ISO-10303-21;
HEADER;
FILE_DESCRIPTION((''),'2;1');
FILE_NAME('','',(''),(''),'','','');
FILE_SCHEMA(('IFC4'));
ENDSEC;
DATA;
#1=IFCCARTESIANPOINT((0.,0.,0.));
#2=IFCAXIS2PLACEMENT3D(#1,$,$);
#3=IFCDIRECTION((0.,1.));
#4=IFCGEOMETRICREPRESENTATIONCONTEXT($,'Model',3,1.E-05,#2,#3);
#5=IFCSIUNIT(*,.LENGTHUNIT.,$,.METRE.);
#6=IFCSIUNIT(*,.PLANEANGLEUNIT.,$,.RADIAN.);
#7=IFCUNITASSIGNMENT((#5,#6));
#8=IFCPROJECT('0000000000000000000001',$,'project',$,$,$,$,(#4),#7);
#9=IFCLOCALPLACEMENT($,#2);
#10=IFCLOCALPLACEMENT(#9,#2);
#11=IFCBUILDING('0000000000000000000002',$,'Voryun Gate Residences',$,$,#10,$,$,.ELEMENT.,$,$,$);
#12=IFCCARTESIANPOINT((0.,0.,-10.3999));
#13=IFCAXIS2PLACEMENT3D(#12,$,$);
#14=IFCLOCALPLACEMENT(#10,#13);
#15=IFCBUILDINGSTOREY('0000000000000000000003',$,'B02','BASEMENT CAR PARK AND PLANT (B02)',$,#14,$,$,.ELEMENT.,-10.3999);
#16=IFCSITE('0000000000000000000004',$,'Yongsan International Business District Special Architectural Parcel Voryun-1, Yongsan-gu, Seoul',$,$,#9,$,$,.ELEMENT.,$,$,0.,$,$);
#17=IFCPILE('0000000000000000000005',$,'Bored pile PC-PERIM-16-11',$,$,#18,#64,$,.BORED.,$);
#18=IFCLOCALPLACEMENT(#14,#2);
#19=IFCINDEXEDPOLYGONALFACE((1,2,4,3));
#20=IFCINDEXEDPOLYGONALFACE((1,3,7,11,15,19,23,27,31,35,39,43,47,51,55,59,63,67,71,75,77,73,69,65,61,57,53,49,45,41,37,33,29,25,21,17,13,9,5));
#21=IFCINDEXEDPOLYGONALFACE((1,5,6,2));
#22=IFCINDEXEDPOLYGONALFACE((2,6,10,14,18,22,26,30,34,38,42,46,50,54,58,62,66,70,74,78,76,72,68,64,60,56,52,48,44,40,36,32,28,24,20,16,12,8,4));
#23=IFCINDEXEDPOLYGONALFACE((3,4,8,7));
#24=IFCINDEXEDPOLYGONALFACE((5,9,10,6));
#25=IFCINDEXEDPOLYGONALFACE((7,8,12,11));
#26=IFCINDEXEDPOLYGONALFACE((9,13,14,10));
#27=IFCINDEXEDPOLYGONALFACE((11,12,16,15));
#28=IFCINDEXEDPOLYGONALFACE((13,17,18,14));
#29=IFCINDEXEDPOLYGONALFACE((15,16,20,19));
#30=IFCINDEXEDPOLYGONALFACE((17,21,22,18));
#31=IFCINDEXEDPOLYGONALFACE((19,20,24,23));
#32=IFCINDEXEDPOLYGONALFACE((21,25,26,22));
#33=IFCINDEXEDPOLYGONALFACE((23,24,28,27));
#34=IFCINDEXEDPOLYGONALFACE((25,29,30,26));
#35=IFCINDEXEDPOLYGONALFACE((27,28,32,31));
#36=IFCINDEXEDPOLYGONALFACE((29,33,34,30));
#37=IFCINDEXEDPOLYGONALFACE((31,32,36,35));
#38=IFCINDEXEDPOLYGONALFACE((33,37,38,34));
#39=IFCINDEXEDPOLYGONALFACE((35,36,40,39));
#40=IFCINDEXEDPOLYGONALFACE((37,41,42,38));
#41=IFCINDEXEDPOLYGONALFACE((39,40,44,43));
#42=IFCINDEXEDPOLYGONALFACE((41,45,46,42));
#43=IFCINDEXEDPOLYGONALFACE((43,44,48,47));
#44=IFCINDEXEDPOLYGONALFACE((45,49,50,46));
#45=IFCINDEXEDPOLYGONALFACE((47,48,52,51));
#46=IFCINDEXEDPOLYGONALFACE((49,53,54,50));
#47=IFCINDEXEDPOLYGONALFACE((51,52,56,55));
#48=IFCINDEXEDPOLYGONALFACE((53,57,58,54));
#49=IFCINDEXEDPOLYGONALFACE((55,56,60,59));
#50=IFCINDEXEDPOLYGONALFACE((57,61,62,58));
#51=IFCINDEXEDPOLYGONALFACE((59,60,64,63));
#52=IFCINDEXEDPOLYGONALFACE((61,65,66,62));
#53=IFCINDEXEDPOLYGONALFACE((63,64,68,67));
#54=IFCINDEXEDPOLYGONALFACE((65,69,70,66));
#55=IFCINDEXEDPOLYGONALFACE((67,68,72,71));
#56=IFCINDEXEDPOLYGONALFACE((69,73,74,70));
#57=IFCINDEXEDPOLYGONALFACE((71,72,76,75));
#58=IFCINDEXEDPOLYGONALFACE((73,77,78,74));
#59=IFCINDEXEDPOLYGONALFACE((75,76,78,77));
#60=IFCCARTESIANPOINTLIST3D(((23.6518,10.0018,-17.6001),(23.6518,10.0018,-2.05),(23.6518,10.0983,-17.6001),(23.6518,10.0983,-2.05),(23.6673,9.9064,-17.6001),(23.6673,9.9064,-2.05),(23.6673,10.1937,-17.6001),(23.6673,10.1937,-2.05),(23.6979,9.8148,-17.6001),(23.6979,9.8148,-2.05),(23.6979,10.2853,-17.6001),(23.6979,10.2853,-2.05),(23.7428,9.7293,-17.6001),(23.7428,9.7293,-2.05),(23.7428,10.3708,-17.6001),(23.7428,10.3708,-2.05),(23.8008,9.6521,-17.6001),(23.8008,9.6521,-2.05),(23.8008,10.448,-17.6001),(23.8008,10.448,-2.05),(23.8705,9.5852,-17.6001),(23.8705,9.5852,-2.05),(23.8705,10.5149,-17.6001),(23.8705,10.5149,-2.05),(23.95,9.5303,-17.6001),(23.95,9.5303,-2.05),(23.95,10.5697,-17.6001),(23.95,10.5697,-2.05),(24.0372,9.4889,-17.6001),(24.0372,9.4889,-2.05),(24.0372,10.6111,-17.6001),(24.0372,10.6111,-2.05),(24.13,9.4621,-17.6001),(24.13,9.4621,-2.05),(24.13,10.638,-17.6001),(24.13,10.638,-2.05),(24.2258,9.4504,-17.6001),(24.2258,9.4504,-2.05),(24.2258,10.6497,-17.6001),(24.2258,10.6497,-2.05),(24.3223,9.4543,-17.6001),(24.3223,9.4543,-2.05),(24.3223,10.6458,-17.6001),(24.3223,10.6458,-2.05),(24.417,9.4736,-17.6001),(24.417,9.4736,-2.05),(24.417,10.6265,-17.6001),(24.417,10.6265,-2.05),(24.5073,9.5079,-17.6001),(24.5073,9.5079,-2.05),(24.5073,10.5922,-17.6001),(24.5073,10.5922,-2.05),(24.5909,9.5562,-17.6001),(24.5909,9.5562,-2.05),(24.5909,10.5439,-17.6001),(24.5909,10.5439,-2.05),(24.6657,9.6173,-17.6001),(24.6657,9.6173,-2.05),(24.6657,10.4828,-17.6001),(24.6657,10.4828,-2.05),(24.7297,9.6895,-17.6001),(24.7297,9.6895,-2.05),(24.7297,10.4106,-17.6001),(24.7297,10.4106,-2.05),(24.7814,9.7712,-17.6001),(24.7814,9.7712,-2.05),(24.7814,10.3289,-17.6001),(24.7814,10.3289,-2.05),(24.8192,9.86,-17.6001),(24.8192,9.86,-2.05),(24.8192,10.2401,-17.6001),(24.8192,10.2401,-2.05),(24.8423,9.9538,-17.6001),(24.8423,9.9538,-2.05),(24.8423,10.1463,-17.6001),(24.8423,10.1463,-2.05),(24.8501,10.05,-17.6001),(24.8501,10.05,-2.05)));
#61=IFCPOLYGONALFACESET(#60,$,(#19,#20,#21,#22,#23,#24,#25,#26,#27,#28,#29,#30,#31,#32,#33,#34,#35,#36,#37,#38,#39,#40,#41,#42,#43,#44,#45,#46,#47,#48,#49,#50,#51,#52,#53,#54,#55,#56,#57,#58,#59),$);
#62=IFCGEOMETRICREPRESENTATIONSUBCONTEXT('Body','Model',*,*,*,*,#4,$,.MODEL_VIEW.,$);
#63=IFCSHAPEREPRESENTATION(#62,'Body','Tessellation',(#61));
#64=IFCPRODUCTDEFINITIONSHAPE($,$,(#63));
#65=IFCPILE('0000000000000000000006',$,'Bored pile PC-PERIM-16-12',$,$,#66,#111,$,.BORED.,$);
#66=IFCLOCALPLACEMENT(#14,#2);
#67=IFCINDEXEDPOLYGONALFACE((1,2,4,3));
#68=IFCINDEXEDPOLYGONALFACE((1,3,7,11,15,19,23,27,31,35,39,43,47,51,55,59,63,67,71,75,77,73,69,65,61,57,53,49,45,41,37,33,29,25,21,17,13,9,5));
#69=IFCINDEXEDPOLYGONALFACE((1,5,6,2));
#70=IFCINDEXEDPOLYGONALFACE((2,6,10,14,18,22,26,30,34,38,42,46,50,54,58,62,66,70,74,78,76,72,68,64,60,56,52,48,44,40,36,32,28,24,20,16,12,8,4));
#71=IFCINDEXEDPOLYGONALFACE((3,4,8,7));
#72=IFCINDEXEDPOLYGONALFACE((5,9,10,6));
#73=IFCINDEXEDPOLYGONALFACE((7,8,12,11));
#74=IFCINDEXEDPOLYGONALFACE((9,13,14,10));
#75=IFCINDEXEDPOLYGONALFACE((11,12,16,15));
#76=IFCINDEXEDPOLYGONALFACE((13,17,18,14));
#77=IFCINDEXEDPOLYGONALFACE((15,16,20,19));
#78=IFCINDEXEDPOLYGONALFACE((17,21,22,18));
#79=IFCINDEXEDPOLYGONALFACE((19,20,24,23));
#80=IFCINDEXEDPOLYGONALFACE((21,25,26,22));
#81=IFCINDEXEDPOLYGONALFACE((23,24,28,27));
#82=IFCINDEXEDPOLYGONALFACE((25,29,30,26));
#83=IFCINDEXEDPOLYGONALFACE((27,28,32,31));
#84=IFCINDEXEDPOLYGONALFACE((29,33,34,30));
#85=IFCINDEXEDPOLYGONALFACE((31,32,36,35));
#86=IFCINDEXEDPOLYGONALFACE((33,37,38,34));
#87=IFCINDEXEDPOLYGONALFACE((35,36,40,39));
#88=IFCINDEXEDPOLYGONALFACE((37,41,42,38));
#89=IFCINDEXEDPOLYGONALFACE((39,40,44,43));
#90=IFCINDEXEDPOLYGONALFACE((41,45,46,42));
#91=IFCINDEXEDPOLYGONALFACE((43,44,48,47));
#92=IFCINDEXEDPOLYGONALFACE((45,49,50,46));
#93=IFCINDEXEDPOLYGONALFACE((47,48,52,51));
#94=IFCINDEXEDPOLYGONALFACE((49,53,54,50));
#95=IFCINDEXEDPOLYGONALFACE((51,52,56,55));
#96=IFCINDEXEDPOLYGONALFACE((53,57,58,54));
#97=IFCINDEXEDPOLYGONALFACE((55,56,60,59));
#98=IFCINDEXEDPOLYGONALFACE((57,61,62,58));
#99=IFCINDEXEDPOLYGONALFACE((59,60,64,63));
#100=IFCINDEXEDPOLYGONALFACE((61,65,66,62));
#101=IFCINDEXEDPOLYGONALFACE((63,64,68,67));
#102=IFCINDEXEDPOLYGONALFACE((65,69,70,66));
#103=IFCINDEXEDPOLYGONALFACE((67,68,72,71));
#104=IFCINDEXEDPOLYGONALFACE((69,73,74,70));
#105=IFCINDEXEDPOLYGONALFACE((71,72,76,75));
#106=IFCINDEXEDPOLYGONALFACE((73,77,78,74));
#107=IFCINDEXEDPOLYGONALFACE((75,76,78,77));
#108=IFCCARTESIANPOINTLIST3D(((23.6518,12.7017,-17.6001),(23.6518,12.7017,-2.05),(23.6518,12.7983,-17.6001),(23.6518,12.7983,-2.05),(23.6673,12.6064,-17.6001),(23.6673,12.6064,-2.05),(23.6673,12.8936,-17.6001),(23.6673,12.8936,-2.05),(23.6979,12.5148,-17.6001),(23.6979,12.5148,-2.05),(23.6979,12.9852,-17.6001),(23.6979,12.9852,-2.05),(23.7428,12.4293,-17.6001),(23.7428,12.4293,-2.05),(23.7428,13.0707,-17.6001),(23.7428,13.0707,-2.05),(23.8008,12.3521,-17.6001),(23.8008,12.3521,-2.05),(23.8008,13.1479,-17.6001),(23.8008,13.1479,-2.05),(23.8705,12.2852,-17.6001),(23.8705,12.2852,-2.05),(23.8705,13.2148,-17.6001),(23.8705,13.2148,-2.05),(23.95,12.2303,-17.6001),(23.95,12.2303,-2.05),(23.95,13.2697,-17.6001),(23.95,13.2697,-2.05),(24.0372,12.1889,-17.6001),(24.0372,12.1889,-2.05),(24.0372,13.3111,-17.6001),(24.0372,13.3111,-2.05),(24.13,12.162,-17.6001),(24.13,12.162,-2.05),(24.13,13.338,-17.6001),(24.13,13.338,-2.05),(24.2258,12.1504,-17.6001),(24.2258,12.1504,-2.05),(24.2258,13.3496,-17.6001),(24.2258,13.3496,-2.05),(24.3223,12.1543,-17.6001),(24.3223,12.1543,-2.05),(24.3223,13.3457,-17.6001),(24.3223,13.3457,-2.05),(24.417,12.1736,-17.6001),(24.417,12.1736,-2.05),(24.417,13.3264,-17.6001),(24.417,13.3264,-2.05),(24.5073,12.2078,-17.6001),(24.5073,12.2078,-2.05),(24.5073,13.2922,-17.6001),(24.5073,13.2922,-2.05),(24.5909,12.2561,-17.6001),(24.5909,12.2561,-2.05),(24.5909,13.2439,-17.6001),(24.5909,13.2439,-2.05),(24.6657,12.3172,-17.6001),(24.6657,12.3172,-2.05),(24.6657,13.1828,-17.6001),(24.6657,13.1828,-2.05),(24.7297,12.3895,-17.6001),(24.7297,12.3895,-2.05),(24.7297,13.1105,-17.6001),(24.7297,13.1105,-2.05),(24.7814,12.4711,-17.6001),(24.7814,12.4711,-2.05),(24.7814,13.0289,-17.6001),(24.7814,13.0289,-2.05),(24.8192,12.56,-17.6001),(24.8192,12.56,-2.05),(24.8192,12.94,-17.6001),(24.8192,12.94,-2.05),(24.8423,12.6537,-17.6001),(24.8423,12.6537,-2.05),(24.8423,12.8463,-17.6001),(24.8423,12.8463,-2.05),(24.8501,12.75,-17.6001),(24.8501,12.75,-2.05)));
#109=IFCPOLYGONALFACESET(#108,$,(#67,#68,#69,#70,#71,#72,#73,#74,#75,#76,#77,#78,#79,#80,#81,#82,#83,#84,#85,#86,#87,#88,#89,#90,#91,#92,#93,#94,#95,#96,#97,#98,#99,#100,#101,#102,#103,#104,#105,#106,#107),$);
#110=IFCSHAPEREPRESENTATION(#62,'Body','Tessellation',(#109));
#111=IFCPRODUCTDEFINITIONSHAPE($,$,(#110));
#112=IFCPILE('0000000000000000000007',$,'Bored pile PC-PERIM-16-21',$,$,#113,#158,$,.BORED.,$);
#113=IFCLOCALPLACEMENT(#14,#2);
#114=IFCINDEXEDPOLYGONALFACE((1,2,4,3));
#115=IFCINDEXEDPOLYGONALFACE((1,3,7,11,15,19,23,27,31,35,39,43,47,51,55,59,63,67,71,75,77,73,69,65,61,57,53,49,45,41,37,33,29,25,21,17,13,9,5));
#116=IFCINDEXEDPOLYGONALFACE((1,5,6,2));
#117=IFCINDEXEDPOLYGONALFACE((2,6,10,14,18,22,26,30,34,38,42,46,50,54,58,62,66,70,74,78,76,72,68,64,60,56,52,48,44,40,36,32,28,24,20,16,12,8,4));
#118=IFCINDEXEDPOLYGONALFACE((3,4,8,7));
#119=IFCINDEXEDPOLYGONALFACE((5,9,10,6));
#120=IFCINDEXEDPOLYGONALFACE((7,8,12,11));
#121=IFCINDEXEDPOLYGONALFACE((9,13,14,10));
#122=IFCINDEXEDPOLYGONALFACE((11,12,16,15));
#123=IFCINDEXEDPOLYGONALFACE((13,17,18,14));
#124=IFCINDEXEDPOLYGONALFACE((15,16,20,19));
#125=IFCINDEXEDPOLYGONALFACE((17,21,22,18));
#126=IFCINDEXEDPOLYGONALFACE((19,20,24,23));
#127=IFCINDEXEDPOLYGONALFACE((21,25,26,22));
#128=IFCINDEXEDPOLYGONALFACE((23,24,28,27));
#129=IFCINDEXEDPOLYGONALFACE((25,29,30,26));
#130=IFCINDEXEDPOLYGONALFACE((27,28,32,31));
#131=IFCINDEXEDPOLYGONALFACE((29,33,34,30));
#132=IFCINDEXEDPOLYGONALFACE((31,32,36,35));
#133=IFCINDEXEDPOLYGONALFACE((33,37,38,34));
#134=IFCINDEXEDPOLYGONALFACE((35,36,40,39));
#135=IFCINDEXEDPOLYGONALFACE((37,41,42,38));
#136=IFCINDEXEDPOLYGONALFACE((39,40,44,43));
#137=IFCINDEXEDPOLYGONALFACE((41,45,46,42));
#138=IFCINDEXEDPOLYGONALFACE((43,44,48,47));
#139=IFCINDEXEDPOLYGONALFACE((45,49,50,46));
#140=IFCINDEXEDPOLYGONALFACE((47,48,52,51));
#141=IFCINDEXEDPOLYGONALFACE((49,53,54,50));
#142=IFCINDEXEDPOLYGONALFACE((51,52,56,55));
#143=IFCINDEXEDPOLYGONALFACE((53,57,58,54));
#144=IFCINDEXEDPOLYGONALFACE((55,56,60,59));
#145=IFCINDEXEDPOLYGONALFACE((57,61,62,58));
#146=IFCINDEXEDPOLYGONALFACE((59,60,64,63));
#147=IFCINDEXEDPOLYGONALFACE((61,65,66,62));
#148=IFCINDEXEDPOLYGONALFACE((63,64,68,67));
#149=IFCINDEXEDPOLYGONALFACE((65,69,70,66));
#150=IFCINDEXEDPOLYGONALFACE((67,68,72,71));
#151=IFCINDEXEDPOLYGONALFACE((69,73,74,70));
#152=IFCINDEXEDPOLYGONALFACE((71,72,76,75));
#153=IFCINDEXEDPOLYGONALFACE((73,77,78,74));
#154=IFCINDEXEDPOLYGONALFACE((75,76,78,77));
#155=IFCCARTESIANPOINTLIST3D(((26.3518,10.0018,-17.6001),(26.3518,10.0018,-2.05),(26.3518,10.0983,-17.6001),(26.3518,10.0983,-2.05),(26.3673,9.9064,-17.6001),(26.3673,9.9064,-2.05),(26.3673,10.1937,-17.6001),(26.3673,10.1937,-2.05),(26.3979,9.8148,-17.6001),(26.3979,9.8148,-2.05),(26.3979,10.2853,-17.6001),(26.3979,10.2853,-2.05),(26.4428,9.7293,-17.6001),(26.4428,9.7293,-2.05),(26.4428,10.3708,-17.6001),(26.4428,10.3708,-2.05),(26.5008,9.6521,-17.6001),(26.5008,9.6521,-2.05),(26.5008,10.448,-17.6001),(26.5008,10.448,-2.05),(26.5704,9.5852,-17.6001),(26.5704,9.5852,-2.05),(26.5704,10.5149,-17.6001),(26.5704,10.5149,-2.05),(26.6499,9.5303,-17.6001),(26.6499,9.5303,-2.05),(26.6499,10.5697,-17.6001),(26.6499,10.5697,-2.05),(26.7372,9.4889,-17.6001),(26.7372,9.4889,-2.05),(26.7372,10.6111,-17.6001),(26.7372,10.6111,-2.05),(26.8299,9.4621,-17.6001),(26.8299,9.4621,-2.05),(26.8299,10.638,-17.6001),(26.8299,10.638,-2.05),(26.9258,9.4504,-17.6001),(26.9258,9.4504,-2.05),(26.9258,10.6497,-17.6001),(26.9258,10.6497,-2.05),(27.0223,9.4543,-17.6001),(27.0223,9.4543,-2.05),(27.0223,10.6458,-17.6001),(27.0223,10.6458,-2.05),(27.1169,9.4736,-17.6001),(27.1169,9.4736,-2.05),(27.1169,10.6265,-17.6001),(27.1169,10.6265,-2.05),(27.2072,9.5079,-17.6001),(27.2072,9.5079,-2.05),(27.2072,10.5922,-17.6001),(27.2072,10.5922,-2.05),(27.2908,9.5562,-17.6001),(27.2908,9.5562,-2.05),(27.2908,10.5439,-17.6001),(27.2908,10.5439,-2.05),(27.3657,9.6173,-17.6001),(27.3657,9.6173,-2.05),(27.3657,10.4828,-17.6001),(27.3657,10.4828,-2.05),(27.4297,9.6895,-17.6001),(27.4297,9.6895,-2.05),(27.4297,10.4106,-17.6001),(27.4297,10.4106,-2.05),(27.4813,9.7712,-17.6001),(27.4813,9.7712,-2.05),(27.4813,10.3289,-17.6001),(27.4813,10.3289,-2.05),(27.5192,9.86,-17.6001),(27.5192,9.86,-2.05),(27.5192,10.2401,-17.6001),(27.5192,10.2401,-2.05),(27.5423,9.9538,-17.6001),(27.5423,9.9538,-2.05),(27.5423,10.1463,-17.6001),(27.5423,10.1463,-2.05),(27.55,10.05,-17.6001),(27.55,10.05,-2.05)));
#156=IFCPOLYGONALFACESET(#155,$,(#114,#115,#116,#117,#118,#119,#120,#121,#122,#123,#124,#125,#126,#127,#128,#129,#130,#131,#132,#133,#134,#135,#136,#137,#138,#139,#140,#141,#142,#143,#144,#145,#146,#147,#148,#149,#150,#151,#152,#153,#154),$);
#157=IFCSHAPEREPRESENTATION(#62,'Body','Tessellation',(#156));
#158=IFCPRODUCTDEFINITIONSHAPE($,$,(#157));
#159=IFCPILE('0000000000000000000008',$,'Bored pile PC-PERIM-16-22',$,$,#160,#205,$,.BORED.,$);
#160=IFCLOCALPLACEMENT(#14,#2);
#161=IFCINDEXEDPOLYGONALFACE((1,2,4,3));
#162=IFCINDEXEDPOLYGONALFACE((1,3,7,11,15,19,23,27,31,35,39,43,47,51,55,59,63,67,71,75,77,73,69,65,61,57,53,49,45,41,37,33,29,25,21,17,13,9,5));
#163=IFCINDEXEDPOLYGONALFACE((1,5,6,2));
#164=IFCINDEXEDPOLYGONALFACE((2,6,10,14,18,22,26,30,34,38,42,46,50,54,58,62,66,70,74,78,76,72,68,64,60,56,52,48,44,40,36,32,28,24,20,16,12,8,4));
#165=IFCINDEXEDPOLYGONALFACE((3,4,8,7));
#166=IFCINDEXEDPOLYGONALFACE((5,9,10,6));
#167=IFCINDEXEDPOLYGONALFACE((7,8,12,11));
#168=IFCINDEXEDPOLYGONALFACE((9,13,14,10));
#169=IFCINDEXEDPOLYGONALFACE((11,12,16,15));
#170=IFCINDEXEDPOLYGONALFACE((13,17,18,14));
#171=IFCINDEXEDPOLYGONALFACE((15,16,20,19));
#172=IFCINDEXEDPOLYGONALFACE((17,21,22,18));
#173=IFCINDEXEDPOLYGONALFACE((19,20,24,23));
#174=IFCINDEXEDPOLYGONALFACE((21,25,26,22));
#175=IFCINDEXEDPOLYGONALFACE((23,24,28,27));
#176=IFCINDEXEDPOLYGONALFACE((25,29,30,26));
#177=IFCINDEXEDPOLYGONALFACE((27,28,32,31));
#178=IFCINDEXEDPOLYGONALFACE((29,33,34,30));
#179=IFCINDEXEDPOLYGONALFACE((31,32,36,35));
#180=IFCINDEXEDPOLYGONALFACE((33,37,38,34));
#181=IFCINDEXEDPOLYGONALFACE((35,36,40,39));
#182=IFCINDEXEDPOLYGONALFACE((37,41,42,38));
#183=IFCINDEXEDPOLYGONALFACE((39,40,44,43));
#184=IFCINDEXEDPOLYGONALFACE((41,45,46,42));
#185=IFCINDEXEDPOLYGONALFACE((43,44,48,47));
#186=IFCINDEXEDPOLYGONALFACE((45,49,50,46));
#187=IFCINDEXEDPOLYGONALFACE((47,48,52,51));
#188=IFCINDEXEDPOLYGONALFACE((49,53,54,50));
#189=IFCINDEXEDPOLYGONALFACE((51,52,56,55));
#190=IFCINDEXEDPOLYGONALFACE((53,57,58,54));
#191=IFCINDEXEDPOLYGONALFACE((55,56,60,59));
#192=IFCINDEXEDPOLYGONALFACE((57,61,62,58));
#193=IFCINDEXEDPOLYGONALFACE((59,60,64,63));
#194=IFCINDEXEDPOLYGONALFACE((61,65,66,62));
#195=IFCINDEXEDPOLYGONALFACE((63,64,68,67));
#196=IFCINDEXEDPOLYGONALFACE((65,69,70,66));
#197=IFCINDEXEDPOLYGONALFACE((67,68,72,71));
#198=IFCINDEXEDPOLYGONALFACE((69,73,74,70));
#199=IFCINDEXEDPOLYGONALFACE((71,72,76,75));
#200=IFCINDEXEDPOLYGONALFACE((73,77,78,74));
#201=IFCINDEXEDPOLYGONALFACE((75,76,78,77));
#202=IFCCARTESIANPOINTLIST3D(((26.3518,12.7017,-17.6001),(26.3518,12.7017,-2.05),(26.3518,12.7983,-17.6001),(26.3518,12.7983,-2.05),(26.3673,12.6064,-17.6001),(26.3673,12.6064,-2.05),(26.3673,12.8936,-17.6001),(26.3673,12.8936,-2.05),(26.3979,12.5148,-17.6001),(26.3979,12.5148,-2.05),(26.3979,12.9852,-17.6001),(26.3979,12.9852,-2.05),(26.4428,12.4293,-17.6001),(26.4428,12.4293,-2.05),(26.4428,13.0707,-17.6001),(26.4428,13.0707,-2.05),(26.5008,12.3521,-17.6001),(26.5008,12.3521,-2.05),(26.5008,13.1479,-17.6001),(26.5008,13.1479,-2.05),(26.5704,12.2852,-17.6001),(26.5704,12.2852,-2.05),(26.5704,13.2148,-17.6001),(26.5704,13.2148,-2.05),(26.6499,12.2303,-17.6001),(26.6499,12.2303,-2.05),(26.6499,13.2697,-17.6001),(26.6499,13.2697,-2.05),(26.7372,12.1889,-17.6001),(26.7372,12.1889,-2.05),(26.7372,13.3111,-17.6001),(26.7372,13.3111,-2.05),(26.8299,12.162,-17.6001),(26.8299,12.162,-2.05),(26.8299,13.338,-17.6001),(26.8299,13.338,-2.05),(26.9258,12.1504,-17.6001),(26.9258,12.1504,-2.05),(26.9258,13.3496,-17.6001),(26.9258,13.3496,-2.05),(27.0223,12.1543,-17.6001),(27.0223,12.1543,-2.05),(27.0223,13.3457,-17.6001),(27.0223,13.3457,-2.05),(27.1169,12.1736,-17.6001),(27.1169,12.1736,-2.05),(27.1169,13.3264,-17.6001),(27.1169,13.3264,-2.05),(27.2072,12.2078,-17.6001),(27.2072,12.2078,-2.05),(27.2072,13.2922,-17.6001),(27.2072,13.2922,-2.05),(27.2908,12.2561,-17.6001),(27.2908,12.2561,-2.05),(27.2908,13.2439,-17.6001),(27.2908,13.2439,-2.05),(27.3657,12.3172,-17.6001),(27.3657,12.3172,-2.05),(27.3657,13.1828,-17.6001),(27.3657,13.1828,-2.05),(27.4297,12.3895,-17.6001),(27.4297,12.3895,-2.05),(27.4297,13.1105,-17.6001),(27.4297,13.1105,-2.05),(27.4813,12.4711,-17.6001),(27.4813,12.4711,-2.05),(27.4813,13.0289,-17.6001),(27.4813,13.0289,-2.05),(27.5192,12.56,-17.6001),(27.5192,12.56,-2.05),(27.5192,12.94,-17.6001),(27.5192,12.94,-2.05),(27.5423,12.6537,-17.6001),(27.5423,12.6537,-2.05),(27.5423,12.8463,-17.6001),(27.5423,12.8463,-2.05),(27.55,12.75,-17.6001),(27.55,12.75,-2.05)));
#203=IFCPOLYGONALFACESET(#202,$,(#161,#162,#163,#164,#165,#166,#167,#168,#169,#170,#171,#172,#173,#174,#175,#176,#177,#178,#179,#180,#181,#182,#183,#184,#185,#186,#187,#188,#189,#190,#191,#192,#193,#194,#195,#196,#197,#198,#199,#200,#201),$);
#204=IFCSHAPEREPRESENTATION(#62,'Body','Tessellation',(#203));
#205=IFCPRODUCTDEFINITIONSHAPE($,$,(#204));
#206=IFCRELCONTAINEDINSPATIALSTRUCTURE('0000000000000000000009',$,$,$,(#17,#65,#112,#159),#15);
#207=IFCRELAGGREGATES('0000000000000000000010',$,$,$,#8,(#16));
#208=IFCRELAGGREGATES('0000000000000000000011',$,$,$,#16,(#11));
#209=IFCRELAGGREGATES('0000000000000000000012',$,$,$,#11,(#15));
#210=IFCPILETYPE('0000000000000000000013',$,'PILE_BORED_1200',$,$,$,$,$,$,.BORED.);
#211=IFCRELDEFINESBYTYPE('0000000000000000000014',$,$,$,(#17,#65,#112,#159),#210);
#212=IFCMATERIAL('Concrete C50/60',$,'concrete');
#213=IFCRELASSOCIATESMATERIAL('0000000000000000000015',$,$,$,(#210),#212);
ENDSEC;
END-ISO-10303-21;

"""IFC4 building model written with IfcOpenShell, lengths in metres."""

from ifc_helpers import new_model, si_unit, direction, frame, origin, origin_2d, place, context, subcontext, project, spatial, circle, extrude, material, material_profile, profile_set, type_object, element, save


model = new_model("IFC4")

# Units and contexts
model_context = context("Model", 3, precision=1e-05, world=origin(), true_north=direction((0.0, 1.0)))
body_context = subcontext(model_context, "Body", "Model", "MODEL_VIEW")
ifc_project = project(units=[si_unit("LENGTHUNIT", "METRE"), si_unit("PLANEANGLEUNIT", "RADIAN")], contexts=[model_context])

# Site, building, storey
site_placement = place(None, origin())
site = spatial("IfcSite", under=ifc_project, at=site_placement, Name="Yongsan International Business District Special Architectural Parcel Voryun-1, Yongsan-gu, Seoul", CompositionType="ELEMENT", RefElevation=0.0)
building_placement = place(site_placement, origin())
building = spatial("IfcBuilding", under=site, at=building_placement, Name="Voryun Gate Residences", CompositionType="ELEMENT")
storey_placement = place(building_placement, frame((0.0, 0.0, -10.3999)))
storey = spatial("IfcBuildingStorey", under=building, at=storey_placement, Name="B02", Description="BASEMENT CAR PARK AND PLANT (B02)", CompositionType="ELEMENT", Elevation=-10.3999)

# Piles
ifc_material_1 = material(Name="Concrete C50/60", Category="concrete")
ifc_material_profile_1 = material_profile(ifc_material_1, circle(Radius=0.6001, at=origin_2d()), Name="PILE-D1200")
ifc_profile_set_1 = profile_set([ifc_material_profile_1], Name="Concrete C50/60")
pile_type_1 = type_object("IfcPileType", Name="PILE_BORED_1200", PredefinedType="BORED", material=ifc_profile_set_1)
for number, where, z_axis, x_axis, name in (
    (1, (24.25, 10.05, -2.05), (0.0, 0.0, -1.0), (1.0, 0.0, 0.0), "Bored pile PC-PERIM-16-11"),
    (2, (24.25, 12.75, -2.05), (0.0, 0.0, -1.0), (1.0, 0.0, 0.0), "Bored pile PC-PERIM-16-12"),
    (3, (26.95, 10.05, -2.05), (0.0, 0.0, -1.0), (1.0, 0.0, 0.0), "Bored pile PC-PERIM-16-21"),
    (4, (26.95, 12.75, -2.05), (0.0, 0.0, -1.0), (1.0, 0.0, 0.0), "Bored pile PC-PERIM-16-22"),
):
    element("IfcPile", number, at=place(storey_placement, frame(where, z_axis=z_axis, x_axis=x_axis)), inside=storey, type_object=pile_type_1, Name=name, PredefinedType="BORED", context=body_context, shape_type="SweptSolid", body=[
        extrude(circle(Radius=0.6001, at=origin_2d()), origin(), (0.0, 0.0, 1.0), 15.55),
    ])

save(model, "model.ifc")
